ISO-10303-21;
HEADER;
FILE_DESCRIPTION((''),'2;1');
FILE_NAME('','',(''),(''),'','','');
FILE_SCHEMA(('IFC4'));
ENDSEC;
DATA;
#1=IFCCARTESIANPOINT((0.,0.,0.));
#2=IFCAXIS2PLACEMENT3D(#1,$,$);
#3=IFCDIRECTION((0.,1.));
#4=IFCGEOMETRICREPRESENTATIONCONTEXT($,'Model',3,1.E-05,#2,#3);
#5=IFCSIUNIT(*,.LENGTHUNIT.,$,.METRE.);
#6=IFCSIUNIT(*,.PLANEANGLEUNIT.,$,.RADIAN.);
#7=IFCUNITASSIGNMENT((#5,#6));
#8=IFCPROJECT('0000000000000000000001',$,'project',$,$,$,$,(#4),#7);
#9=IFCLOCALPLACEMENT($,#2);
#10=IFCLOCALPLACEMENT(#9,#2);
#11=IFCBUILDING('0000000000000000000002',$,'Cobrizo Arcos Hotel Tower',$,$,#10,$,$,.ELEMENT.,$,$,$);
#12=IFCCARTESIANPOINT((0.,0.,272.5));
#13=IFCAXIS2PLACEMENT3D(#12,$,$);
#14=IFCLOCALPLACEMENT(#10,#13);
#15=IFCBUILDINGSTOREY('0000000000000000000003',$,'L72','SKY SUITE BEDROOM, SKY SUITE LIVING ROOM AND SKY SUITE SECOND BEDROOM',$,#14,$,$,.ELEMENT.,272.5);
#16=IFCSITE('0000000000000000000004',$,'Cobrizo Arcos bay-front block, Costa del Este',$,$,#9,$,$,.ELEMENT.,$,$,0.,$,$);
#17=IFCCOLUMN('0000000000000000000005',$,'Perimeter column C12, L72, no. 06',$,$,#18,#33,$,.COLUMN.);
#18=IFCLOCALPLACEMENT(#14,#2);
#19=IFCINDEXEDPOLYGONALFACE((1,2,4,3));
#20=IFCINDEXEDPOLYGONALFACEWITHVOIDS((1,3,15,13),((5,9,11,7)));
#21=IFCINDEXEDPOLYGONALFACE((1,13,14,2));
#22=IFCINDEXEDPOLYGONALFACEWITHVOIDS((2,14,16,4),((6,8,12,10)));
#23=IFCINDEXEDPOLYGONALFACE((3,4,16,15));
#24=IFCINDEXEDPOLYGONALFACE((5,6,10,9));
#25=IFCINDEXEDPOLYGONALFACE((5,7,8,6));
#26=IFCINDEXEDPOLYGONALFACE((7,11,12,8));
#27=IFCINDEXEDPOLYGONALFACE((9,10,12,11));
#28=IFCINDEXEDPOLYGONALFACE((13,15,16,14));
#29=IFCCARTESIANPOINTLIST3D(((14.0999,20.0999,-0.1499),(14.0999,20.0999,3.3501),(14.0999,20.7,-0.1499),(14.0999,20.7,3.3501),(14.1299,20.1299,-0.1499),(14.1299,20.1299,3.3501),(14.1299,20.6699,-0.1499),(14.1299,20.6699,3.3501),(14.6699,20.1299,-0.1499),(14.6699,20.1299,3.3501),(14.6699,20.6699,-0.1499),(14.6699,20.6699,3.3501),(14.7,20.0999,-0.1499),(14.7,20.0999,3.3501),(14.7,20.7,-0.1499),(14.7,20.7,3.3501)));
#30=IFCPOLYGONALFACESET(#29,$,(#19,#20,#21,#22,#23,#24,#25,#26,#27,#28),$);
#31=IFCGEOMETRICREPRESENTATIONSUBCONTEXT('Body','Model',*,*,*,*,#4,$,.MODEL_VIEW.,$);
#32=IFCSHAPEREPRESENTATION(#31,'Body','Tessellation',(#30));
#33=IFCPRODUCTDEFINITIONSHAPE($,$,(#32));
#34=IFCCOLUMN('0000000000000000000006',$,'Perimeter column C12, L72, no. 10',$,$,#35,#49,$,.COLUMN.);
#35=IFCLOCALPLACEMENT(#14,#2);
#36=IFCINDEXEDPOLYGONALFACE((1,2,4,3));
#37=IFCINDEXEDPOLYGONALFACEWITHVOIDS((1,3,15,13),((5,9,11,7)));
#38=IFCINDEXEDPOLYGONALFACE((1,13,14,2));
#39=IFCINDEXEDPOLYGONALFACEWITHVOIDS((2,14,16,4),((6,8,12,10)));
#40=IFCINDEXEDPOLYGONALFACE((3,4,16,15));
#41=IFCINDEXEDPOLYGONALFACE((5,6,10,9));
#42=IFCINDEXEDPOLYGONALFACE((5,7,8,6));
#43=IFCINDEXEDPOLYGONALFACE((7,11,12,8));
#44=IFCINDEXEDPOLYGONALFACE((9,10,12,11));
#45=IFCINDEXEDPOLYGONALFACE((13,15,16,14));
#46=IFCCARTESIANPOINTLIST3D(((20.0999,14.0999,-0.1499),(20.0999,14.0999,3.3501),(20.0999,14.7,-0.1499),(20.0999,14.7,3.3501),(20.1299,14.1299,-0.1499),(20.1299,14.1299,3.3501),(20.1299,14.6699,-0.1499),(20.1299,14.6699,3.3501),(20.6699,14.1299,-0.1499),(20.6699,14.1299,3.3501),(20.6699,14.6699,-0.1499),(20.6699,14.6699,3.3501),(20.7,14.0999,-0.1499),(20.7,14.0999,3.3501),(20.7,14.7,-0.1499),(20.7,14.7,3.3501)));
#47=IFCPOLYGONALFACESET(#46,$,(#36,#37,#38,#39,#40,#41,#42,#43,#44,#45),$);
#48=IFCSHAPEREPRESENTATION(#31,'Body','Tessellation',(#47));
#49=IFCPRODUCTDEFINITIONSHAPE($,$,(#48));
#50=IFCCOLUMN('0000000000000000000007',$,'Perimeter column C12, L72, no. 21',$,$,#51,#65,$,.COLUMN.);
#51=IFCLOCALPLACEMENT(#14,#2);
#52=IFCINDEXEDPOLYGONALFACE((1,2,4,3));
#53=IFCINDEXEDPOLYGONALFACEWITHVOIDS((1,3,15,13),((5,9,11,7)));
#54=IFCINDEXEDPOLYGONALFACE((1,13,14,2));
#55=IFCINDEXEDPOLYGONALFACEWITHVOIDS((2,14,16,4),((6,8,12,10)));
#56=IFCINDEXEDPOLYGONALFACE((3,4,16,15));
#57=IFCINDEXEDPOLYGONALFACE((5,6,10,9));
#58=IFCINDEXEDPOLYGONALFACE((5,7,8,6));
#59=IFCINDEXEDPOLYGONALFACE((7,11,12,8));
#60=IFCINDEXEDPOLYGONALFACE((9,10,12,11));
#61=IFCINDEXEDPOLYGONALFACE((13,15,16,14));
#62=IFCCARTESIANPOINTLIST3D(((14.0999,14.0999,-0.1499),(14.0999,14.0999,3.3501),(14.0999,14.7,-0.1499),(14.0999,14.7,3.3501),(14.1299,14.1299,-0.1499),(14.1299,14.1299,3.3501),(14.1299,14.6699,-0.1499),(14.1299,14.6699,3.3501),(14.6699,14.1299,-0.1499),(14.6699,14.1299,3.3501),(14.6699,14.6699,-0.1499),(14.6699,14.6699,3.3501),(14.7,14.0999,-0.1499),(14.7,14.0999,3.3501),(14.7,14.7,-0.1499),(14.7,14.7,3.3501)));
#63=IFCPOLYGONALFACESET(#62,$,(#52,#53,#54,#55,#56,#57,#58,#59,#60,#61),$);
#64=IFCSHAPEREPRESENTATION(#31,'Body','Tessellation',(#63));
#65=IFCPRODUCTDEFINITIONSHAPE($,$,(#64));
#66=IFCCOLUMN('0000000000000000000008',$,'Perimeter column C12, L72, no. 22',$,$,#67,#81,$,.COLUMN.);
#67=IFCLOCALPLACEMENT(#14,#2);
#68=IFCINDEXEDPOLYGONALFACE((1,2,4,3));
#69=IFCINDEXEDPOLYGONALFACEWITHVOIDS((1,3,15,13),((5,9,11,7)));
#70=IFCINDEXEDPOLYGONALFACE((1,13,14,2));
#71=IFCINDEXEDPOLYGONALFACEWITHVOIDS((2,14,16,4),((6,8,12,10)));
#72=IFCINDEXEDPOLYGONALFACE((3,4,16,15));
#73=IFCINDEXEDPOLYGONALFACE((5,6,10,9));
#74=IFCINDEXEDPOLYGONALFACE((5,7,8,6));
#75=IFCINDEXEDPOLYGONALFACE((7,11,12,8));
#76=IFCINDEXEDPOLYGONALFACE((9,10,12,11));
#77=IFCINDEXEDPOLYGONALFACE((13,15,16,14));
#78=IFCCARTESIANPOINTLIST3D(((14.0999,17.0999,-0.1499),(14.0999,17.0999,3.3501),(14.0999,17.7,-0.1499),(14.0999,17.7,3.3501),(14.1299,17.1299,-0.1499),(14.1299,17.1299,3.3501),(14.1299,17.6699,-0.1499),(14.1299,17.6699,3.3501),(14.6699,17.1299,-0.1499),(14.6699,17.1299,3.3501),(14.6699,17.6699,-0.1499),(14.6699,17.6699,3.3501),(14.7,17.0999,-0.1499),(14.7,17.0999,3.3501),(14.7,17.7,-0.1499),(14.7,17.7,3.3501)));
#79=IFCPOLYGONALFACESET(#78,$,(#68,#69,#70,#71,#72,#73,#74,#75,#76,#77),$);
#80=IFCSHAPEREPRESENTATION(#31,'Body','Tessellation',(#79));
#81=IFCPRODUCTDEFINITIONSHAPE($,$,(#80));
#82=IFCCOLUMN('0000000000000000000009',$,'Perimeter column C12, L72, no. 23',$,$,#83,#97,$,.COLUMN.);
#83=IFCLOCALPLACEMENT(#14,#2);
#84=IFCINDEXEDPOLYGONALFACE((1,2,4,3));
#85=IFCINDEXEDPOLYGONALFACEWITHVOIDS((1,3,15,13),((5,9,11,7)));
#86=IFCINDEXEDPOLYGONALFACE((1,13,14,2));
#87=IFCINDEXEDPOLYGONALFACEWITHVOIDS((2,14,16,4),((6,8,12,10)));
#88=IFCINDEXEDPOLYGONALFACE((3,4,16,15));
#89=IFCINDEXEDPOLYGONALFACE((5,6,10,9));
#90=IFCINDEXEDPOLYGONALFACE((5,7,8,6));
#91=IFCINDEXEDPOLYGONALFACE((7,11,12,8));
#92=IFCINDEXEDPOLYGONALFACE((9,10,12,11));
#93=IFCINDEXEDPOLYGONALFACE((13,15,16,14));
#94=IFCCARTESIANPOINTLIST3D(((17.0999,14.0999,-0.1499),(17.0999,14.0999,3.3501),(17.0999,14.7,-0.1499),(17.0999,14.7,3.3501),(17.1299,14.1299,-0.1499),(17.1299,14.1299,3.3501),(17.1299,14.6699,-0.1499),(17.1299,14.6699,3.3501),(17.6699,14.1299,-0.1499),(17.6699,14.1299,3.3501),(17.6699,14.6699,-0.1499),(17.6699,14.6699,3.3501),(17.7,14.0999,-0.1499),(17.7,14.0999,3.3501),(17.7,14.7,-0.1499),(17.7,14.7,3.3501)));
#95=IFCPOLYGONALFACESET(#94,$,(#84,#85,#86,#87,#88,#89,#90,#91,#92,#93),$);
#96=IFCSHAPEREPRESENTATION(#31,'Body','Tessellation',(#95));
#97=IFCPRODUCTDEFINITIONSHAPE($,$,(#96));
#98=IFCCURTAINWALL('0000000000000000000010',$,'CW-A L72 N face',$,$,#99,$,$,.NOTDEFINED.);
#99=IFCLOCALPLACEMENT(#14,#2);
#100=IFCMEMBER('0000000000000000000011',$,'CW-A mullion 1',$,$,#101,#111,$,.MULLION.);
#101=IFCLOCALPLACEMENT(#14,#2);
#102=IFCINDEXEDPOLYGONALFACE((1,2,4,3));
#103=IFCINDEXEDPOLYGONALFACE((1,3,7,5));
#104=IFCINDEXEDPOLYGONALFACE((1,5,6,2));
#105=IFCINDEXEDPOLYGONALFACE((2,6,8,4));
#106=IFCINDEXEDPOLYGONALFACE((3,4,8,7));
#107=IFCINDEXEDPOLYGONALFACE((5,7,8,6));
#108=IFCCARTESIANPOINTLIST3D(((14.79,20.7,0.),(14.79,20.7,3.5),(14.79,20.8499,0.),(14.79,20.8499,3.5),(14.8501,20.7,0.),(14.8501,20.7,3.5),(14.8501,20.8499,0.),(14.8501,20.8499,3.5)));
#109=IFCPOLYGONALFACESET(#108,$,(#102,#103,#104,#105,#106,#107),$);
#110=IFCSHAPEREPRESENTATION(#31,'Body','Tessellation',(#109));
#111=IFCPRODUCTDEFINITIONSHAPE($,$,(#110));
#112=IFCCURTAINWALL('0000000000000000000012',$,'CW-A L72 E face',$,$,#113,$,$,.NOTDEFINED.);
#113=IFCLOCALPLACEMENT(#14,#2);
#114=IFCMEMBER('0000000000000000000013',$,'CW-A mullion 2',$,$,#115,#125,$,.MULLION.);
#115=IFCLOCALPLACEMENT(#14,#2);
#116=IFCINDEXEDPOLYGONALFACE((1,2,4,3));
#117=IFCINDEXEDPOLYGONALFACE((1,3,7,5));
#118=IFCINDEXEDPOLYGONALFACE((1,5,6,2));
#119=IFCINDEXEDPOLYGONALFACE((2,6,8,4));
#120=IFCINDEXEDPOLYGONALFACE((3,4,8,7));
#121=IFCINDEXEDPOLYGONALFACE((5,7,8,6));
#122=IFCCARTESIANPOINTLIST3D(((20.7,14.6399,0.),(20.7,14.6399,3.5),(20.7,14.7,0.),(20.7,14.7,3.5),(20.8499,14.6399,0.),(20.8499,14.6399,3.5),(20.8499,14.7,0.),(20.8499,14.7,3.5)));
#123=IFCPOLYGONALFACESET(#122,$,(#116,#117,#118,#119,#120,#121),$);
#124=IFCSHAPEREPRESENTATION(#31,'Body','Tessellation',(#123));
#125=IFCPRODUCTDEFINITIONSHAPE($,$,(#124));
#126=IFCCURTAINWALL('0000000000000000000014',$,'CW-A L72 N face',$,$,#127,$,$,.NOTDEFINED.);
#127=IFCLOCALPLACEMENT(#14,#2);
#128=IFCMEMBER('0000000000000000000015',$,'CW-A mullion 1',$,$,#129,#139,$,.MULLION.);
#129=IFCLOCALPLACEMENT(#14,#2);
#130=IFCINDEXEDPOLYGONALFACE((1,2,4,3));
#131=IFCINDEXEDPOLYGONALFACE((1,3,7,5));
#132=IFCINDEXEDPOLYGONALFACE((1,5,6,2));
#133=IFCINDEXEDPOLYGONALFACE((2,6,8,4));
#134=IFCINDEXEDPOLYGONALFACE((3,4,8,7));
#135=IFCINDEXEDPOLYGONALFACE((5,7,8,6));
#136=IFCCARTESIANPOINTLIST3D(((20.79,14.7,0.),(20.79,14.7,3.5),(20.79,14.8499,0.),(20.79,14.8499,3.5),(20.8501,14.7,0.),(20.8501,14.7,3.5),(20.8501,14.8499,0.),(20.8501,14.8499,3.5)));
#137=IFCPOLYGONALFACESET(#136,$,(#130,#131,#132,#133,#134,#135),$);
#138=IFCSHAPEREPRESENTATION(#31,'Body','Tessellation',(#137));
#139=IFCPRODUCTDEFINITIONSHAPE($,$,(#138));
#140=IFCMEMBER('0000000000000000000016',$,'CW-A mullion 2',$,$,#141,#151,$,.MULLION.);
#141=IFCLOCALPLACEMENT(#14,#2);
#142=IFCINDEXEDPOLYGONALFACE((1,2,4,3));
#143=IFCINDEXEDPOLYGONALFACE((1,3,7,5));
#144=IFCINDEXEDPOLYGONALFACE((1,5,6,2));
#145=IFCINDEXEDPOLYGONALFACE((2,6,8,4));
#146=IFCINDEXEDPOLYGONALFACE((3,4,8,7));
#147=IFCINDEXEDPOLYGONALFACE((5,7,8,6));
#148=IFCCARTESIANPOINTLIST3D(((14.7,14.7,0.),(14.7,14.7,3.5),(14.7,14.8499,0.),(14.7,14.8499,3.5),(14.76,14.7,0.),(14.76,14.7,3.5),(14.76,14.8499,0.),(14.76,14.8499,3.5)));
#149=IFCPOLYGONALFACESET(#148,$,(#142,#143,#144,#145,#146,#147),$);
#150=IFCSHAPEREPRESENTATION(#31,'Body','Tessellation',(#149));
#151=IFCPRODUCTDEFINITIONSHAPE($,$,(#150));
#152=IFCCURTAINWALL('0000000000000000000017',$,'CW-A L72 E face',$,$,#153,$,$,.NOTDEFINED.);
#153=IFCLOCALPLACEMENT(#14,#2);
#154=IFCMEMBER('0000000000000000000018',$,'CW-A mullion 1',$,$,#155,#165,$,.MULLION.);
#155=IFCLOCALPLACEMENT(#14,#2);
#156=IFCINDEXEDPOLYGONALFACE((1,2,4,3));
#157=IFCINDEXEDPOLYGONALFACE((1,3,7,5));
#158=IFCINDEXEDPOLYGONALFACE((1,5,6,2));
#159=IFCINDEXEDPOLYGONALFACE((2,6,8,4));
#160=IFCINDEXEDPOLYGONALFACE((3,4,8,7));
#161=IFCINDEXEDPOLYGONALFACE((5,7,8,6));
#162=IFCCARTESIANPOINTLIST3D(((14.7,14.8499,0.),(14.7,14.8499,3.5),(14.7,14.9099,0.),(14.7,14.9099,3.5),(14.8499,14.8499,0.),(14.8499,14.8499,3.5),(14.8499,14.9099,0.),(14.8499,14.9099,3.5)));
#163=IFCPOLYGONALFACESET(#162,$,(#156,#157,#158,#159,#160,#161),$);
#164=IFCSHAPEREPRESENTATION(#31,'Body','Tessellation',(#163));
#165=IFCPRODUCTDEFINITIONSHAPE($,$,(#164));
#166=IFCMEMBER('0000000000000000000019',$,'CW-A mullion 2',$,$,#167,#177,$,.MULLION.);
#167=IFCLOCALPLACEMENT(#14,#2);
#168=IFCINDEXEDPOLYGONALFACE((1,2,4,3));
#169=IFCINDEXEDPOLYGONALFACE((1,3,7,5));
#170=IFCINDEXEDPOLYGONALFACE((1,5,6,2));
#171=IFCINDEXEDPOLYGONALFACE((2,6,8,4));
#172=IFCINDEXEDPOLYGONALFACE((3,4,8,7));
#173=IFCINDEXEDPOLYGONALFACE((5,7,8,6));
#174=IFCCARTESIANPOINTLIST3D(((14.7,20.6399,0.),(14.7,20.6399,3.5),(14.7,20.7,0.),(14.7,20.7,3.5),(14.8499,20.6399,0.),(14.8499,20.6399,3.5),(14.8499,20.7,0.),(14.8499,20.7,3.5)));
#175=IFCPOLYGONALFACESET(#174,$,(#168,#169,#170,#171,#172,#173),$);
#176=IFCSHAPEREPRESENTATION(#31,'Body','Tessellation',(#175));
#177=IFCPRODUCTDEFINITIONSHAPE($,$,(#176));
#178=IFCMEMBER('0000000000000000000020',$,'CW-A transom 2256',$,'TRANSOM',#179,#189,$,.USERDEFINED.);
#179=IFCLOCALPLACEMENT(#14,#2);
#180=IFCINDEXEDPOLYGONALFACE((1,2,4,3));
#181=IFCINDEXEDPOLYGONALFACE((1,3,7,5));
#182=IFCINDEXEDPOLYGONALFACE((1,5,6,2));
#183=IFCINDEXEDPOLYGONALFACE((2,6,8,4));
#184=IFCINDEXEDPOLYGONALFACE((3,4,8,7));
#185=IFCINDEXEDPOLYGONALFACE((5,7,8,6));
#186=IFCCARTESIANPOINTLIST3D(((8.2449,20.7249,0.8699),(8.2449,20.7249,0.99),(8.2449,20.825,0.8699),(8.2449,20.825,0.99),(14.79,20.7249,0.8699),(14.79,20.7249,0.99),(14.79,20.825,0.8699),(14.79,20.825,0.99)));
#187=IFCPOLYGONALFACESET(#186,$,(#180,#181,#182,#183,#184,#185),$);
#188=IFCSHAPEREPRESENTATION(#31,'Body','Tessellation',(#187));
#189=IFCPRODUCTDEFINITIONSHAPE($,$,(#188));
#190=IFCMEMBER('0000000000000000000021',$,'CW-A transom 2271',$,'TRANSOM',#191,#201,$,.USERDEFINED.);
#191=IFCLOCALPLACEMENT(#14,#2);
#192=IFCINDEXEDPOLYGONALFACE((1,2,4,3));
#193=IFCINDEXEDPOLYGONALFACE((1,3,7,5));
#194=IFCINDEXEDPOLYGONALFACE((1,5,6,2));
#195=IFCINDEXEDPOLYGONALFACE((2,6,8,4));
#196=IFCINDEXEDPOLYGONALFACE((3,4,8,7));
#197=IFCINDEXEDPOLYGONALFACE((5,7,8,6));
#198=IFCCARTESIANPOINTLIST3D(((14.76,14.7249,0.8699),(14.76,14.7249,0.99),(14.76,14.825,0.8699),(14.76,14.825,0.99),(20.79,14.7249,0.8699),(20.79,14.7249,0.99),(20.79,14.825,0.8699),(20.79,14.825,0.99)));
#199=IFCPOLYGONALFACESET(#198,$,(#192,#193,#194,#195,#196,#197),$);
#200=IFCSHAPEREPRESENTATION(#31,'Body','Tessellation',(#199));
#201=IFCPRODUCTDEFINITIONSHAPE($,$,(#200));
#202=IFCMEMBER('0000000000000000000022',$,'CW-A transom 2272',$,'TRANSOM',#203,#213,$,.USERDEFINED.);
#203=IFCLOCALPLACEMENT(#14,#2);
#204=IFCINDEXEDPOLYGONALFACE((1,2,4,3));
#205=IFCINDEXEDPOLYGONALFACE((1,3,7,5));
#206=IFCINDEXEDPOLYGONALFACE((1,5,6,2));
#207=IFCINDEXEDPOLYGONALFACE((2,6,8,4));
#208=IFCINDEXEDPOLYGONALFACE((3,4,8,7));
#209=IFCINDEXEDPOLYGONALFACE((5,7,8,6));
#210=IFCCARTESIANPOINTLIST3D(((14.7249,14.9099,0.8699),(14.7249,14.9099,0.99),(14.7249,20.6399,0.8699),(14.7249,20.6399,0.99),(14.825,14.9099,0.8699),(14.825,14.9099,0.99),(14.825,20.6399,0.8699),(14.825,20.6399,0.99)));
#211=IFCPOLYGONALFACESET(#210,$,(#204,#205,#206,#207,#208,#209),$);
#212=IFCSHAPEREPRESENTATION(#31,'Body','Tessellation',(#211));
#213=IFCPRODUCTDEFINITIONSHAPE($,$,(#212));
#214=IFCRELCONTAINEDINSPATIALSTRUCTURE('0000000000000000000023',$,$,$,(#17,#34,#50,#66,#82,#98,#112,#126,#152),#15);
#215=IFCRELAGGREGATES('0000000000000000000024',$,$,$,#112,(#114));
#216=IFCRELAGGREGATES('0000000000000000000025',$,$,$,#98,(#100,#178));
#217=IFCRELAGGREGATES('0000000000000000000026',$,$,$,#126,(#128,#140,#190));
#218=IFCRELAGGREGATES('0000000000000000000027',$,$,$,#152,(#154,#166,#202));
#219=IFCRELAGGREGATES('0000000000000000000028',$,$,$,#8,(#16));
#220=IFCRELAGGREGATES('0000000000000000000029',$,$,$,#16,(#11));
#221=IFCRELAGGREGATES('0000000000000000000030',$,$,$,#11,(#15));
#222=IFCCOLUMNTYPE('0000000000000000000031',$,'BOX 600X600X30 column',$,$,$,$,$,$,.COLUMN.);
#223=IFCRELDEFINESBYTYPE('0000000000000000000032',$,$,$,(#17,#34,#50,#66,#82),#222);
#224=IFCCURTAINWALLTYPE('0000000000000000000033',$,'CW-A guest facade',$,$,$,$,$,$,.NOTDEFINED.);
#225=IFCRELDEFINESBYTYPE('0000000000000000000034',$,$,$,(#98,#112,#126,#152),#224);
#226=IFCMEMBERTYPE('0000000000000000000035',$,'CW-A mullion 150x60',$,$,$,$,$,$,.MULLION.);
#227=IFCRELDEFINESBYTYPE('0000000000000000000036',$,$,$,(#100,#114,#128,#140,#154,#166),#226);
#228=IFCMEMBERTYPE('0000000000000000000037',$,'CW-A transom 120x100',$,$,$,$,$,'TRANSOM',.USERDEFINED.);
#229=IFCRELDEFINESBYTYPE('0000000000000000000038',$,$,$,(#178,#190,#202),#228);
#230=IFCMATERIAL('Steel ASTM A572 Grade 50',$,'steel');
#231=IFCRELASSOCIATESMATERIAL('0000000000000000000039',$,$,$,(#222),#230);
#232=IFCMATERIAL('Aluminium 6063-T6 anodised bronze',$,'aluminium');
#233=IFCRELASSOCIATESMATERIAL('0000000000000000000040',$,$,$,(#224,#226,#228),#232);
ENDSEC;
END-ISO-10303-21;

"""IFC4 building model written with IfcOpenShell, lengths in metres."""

from ifc_helpers import new_model, si_unit, direction, frame, origin, origin_2d, place, context, subcontext, project, spatial, rectangle, hollow_rectangle, extrude, material, material_profile, profile_set, type_object, element, aggregate, save


model = new_model("IFC4")

# Units and contexts
model_context = context("Model", 3, precision=1e-05, world=origin(), true_north=direction((0.0, 1.0)))
body_context = subcontext(model_context, "Body", "Model", "MODEL_VIEW")
ifc_project = project(units=[si_unit("LENGTHUNIT", "METRE"), si_unit("PLANEANGLEUNIT", "RADIAN")], contexts=[model_context])

# Site, building, storey
site_placement = place(None, origin())
site = spatial("IfcSite", under=ifc_project, at=site_placement, Name="Cobrizo Arcos bay-front block, Costa del Este", CompositionType="ELEMENT", RefElevation=0.0)
building_placement = place(site_placement, origin())
building = spatial("IfcBuilding", under=site, at=building_placement, Name="Cobrizo Arcos Hotel Tower", CompositionType="ELEMENT")
storey_placement = place(building_placement, frame((0.0, 0.0, 272.5)))
storey = spatial("IfcBuildingStorey", under=building, at=storey_placement, Name="L72", Description="SKY SUITE BEDROOM, SKY SUITE LIVING ROOM AND SKY SUITE SECOND BEDROOM", CompositionType="ELEMENT", Elevation=272.5)

# Columns
ifc_material_1 = material(Name="Steel ASTM A572 Grade 50", Category="steel")
ifc_material_profile_1 = material_profile(ifc_material_1, hollow_rectangle(XDim=0.6001, YDim=0.6001, WallThickness=0.03, at=origin_2d()), Name="BOX 600X600X30")
ifc_profile_set_1 = profile_set([ifc_material_profile_1], Name="Steel ASTM A572 Grade 50")
column_type = type_object("IfcColumnType", Name="BOX 600X600X30 column", PredefinedType="COLUMN", material=ifc_profile_set_1)
for number, where, z_axis, x_axis, name in (
    (1, (14.3999, 20.3999, -0.1499), (0.0, 0.0, 1.0), (1.0, 0.0, 0.0), "Perimeter column C12, L72, no. 06"),
    (2, (20.3999, 14.3999, -0.1499), (0.0, 0.0, 1.0), (1.0, 0.0, 0.0), "Perimeter column C12, L72, no. 10"),
    (3, (14.3999, 14.3999, -0.1499), (0.0, 0.0, 1.0), (1.0, 0.0, 0.0), "Perimeter column C12, L72, no. 21"),
    (4, (14.3999, 17.3999, -0.1499), (0.0, 0.0, 1.0), (1.0, 0.0, 0.0), "Perimeter column C12, L72, no. 22"),
    (5, (17.3999, 14.3999, -0.1499), (0.0, 0.0, 1.0), (1.0, 0.0, 0.0), "Perimeter column C12, L72, no. 23"),
):
    element("IfcColumn", number, at=place(storey_placement, frame(where, z_axis=z_axis, x_axis=x_axis)), inside=storey, type_object=column_type, Name=name, PredefinedType="COLUMN", context=body_context, shape_type="SweptSolid", body=[
        extrude(hollow_rectangle(XDim=0.6001, YDim=0.6001, WallThickness=0.03, at=origin_2d()), origin(), (0.0, 0.0, 1.0), 3.5),
    ])

# Curtain walls, members
ifc_material_2 = material(Name="Aluminium 6063-T6 anodised bronze", Category="aluminium")
curtain_wall_type = type_object("IfcCurtainWallType", Name="CW-A guest facade", PredefinedType="NOTDEFINED", material=ifc_material_2)
curtain_wall_1_placement = place(storey_placement, origin())
curtain_wall_1 = element("IfcCurtainWall", 6, at=curtain_wall_1_placement, inside=storey, type_object=curtain_wall_type, Name="CW-A L72 N face", PredefinedType="NOTDEFINED")
ifc_material_profile_2 = material_profile(ifc_material_2, rectangle(XDim=0.1499, YDim=0.0601, at=origin_2d()), Name="CW-A mullion 150x60")
ifc_profile_set_2 = profile_set([ifc_material_profile_2], Name="Aluminium 6063-T6 anodised bronze")
member_type_1 = type_object("IfcMemberType", Name="CW-A mullion 150x60", PredefinedType="MULLION", material=ifc_profile_set_2)
member_1_placement = place(storey_placement, frame((14.8201, 20.7749, 0.0), z_axis=(0.0, 0.0, 1.0), x_axis=(0.0, 1.0, 0.0)))
member_1 = element("IfcMember", 7, at=member_1_placement, type_object=member_type_1, Name="CW-A mullion 1", PredefinedType="MULLION", context=body_context, shape_type="SweptSolid", body=[
    extrude(rectangle(XDim=0.1499, YDim=0.0601, at=origin_2d()), origin(), (0.0, 0.0, 1.0), 3.5),
])
curtain_wall_2_placement = place(storey_placement, origin())
curtain_wall_2 = element("IfcCurtainWall", 8, at=curtain_wall_2_placement, inside=storey, type_object=curtain_wall_type, Name="CW-A L72 E face", PredefinedType="NOTDEFINED")
member_2_placement = place(storey_placement, frame((20.7749, 14.6699, 0.0), z_axis=(0.0, 0.0, 1.0), x_axis=(1.0, 0.0, 0.0)))
member_2 = element("IfcMember", 9, at=member_2_placement, type_object=member_type_1, Name="CW-A mullion 2", PredefinedType="MULLION", context=body_context, shape_type="SweptSolid", body=[
    extrude(rectangle(XDim=0.1499, YDim=0.0601, at=origin_2d()), origin(), (0.0, 0.0, 1.0), 3.5),
])
aggregate(curtain_wall_2, [member_2])

# Curtain walls, members
curtain_wall_3_placement = place(storey_placement, origin())
curtain_wall_3 = element("IfcCurtainWall", 10, at=curtain_wall_3_placement, inside=storey, type_object=curtain_wall_type, Name="CW-A L72 N face", PredefinedType="NOTDEFINED")
member_3_placement = place(storey_placement, frame((20.8201, 14.7749, 0.0), z_axis=(0.0, 0.0, 1.0), x_axis=(0.0, 1.0, 0.0)))
member_3 = element("IfcMember", 11, at=member_3_placement, type_object=member_type_1, Name="CW-A mullion 1", PredefinedType="MULLION", context=body_context, shape_type="SweptSolid", body=[
    extrude(rectangle(XDim=0.1499, YDim=0.0601, at=origin_2d()), origin(), (0.0, 0.0, 1.0), 3.5),
])
member_4_placement = place(storey_placement, frame((14.73, 14.7749, 0.0), z_axis=(0.0, 0.0, 1.0), x_axis=(0.0, 1.0, 0.0)))
member_4 = element("IfcMember", 12, at=member_4_placement, type_object=member_type_1, Name="CW-A mullion 2", PredefinedType="MULLION", context=body_context, shape_type="SweptSolid", body=[
    extrude(rectangle(XDim=0.1499, YDim=0.0601, at=origin_2d()), origin(), (0.0, 0.0, 1.0), 3.5),
])
curtain_wall_4_placement = place(storey_placement, origin())
curtain_wall_4 = element("IfcCurtainWall", 13, at=curtain_wall_4_placement, inside=storey, type_object=curtain_wall_type, Name="CW-A L72 E face", PredefinedType="NOTDEFINED")
member_5_placement = place(storey_placement, frame((14.7749, 14.8799, 0.0), z_axis=(0.0, 0.0, 1.0), x_axis=(1.0, 0.0, 0.0)))
member_5 = element("IfcMember", 14, at=member_5_placement, type_object=member_type_1, Name="CW-A mullion 1", PredefinedType="MULLION", context=body_context, shape_type="SweptSolid", body=[
    extrude(rectangle(XDim=0.1499, YDim=0.0601, at=origin_2d()), origin(), (0.0, 0.0, 1.0), 3.5),
])
member_6_placement = place(storey_placement, frame((14.7749, 20.6699, 0.0), z_axis=(0.0, 0.0, 1.0), x_axis=(1.0, 0.0, 0.0)))
member_6 = element("IfcMember", 15, at=member_6_placement, type_object=member_type_1, Name="CW-A mullion 2", PredefinedType="MULLION", context=body_context, shape_type="SweptSolid", body=[
    extrude(rectangle(XDim=0.1499, YDim=0.0601, at=origin_2d()), origin(), (0.0, 0.0, 1.0), 3.5),
])

# Members
ifc_material_profile_3 = material_profile(ifc_material_2, rectangle(XDim=0.1001, YDim=0.1201, at=origin_2d()), Name="CW-A transom 120x100")
ifc_profile_set_3 = profile_set([ifc_material_profile_3], Name="Aluminium 6063-T6 anodised bronze")
member_type_2 = type_object("IfcMemberType", Name="CW-A transom 120x100", ElementType="TRANSOM", PredefinedType="USERDEFINED", material=ifc_profile_set_3)
member_7_placement = place(storey_placement, frame((14.79, 20.7749, 0.9299), z_axis=(-1.0, 0.0, 0.0), x_axis=(0.0, -1.0, 0.0)))
member_7 = element("IfcMember", 16, at=member_7_placement, type_object=member_type_2, Name="CW-A transom 2256", ObjectType="TRANSOM", PredefinedType="USERDEFINED", context=body_context, shape_type="SweptSolid", body=[
    extrude(rectangle(XDim=0.1001, YDim=0.1201, at=origin_2d()), origin(), (0.0, 0.0, 1.0), 6.5452),
])
member_8_placement = place(storey_placement, frame((20.79, 14.7749, 0.9299), z_axis=(-1.0, 0.0, 0.0), x_axis=(0.0, -1.0, 0.0)))
member_8 = element("IfcMember", 17, at=member_8_placement, type_object=member_type_2, Name="CW-A transom 2271", ObjectType="TRANSOM", PredefinedType="USERDEFINED", context=body_context, shape_type="SweptSolid", body=[
    extrude(rectangle(XDim=0.1001, YDim=0.1201, at=origin_2d()), origin(), (0.0, 0.0, 1.0), 6.03),
])
member_9_placement = place(storey_placement, frame((14.7749, 14.9099, 0.9299), z_axis=(0.0, 1.0, 0.0), x_axis=(-1.0, 0.0, 0.0)))
member_9 = element("IfcMember", 18, at=member_9_placement, type_object=member_type_2, Name="CW-A transom 2272", ObjectType="TRANSOM", PredefinedType="USERDEFINED", context=body_context, shape_type="SweptSolid", body=[
    extrude(rectangle(XDim=0.1001, YDim=0.1201, at=origin_2d()), origin(), (0.0, 0.0, 1.0), 5.73),
])

aggregate(curtain_wall_1, [member_1, member_7])
aggregate(curtain_wall_3, [member_3, member_4, member_8])
aggregate(curtain_wall_4, [member_5, member_6, member_9])

save(model, "model.ifc")
